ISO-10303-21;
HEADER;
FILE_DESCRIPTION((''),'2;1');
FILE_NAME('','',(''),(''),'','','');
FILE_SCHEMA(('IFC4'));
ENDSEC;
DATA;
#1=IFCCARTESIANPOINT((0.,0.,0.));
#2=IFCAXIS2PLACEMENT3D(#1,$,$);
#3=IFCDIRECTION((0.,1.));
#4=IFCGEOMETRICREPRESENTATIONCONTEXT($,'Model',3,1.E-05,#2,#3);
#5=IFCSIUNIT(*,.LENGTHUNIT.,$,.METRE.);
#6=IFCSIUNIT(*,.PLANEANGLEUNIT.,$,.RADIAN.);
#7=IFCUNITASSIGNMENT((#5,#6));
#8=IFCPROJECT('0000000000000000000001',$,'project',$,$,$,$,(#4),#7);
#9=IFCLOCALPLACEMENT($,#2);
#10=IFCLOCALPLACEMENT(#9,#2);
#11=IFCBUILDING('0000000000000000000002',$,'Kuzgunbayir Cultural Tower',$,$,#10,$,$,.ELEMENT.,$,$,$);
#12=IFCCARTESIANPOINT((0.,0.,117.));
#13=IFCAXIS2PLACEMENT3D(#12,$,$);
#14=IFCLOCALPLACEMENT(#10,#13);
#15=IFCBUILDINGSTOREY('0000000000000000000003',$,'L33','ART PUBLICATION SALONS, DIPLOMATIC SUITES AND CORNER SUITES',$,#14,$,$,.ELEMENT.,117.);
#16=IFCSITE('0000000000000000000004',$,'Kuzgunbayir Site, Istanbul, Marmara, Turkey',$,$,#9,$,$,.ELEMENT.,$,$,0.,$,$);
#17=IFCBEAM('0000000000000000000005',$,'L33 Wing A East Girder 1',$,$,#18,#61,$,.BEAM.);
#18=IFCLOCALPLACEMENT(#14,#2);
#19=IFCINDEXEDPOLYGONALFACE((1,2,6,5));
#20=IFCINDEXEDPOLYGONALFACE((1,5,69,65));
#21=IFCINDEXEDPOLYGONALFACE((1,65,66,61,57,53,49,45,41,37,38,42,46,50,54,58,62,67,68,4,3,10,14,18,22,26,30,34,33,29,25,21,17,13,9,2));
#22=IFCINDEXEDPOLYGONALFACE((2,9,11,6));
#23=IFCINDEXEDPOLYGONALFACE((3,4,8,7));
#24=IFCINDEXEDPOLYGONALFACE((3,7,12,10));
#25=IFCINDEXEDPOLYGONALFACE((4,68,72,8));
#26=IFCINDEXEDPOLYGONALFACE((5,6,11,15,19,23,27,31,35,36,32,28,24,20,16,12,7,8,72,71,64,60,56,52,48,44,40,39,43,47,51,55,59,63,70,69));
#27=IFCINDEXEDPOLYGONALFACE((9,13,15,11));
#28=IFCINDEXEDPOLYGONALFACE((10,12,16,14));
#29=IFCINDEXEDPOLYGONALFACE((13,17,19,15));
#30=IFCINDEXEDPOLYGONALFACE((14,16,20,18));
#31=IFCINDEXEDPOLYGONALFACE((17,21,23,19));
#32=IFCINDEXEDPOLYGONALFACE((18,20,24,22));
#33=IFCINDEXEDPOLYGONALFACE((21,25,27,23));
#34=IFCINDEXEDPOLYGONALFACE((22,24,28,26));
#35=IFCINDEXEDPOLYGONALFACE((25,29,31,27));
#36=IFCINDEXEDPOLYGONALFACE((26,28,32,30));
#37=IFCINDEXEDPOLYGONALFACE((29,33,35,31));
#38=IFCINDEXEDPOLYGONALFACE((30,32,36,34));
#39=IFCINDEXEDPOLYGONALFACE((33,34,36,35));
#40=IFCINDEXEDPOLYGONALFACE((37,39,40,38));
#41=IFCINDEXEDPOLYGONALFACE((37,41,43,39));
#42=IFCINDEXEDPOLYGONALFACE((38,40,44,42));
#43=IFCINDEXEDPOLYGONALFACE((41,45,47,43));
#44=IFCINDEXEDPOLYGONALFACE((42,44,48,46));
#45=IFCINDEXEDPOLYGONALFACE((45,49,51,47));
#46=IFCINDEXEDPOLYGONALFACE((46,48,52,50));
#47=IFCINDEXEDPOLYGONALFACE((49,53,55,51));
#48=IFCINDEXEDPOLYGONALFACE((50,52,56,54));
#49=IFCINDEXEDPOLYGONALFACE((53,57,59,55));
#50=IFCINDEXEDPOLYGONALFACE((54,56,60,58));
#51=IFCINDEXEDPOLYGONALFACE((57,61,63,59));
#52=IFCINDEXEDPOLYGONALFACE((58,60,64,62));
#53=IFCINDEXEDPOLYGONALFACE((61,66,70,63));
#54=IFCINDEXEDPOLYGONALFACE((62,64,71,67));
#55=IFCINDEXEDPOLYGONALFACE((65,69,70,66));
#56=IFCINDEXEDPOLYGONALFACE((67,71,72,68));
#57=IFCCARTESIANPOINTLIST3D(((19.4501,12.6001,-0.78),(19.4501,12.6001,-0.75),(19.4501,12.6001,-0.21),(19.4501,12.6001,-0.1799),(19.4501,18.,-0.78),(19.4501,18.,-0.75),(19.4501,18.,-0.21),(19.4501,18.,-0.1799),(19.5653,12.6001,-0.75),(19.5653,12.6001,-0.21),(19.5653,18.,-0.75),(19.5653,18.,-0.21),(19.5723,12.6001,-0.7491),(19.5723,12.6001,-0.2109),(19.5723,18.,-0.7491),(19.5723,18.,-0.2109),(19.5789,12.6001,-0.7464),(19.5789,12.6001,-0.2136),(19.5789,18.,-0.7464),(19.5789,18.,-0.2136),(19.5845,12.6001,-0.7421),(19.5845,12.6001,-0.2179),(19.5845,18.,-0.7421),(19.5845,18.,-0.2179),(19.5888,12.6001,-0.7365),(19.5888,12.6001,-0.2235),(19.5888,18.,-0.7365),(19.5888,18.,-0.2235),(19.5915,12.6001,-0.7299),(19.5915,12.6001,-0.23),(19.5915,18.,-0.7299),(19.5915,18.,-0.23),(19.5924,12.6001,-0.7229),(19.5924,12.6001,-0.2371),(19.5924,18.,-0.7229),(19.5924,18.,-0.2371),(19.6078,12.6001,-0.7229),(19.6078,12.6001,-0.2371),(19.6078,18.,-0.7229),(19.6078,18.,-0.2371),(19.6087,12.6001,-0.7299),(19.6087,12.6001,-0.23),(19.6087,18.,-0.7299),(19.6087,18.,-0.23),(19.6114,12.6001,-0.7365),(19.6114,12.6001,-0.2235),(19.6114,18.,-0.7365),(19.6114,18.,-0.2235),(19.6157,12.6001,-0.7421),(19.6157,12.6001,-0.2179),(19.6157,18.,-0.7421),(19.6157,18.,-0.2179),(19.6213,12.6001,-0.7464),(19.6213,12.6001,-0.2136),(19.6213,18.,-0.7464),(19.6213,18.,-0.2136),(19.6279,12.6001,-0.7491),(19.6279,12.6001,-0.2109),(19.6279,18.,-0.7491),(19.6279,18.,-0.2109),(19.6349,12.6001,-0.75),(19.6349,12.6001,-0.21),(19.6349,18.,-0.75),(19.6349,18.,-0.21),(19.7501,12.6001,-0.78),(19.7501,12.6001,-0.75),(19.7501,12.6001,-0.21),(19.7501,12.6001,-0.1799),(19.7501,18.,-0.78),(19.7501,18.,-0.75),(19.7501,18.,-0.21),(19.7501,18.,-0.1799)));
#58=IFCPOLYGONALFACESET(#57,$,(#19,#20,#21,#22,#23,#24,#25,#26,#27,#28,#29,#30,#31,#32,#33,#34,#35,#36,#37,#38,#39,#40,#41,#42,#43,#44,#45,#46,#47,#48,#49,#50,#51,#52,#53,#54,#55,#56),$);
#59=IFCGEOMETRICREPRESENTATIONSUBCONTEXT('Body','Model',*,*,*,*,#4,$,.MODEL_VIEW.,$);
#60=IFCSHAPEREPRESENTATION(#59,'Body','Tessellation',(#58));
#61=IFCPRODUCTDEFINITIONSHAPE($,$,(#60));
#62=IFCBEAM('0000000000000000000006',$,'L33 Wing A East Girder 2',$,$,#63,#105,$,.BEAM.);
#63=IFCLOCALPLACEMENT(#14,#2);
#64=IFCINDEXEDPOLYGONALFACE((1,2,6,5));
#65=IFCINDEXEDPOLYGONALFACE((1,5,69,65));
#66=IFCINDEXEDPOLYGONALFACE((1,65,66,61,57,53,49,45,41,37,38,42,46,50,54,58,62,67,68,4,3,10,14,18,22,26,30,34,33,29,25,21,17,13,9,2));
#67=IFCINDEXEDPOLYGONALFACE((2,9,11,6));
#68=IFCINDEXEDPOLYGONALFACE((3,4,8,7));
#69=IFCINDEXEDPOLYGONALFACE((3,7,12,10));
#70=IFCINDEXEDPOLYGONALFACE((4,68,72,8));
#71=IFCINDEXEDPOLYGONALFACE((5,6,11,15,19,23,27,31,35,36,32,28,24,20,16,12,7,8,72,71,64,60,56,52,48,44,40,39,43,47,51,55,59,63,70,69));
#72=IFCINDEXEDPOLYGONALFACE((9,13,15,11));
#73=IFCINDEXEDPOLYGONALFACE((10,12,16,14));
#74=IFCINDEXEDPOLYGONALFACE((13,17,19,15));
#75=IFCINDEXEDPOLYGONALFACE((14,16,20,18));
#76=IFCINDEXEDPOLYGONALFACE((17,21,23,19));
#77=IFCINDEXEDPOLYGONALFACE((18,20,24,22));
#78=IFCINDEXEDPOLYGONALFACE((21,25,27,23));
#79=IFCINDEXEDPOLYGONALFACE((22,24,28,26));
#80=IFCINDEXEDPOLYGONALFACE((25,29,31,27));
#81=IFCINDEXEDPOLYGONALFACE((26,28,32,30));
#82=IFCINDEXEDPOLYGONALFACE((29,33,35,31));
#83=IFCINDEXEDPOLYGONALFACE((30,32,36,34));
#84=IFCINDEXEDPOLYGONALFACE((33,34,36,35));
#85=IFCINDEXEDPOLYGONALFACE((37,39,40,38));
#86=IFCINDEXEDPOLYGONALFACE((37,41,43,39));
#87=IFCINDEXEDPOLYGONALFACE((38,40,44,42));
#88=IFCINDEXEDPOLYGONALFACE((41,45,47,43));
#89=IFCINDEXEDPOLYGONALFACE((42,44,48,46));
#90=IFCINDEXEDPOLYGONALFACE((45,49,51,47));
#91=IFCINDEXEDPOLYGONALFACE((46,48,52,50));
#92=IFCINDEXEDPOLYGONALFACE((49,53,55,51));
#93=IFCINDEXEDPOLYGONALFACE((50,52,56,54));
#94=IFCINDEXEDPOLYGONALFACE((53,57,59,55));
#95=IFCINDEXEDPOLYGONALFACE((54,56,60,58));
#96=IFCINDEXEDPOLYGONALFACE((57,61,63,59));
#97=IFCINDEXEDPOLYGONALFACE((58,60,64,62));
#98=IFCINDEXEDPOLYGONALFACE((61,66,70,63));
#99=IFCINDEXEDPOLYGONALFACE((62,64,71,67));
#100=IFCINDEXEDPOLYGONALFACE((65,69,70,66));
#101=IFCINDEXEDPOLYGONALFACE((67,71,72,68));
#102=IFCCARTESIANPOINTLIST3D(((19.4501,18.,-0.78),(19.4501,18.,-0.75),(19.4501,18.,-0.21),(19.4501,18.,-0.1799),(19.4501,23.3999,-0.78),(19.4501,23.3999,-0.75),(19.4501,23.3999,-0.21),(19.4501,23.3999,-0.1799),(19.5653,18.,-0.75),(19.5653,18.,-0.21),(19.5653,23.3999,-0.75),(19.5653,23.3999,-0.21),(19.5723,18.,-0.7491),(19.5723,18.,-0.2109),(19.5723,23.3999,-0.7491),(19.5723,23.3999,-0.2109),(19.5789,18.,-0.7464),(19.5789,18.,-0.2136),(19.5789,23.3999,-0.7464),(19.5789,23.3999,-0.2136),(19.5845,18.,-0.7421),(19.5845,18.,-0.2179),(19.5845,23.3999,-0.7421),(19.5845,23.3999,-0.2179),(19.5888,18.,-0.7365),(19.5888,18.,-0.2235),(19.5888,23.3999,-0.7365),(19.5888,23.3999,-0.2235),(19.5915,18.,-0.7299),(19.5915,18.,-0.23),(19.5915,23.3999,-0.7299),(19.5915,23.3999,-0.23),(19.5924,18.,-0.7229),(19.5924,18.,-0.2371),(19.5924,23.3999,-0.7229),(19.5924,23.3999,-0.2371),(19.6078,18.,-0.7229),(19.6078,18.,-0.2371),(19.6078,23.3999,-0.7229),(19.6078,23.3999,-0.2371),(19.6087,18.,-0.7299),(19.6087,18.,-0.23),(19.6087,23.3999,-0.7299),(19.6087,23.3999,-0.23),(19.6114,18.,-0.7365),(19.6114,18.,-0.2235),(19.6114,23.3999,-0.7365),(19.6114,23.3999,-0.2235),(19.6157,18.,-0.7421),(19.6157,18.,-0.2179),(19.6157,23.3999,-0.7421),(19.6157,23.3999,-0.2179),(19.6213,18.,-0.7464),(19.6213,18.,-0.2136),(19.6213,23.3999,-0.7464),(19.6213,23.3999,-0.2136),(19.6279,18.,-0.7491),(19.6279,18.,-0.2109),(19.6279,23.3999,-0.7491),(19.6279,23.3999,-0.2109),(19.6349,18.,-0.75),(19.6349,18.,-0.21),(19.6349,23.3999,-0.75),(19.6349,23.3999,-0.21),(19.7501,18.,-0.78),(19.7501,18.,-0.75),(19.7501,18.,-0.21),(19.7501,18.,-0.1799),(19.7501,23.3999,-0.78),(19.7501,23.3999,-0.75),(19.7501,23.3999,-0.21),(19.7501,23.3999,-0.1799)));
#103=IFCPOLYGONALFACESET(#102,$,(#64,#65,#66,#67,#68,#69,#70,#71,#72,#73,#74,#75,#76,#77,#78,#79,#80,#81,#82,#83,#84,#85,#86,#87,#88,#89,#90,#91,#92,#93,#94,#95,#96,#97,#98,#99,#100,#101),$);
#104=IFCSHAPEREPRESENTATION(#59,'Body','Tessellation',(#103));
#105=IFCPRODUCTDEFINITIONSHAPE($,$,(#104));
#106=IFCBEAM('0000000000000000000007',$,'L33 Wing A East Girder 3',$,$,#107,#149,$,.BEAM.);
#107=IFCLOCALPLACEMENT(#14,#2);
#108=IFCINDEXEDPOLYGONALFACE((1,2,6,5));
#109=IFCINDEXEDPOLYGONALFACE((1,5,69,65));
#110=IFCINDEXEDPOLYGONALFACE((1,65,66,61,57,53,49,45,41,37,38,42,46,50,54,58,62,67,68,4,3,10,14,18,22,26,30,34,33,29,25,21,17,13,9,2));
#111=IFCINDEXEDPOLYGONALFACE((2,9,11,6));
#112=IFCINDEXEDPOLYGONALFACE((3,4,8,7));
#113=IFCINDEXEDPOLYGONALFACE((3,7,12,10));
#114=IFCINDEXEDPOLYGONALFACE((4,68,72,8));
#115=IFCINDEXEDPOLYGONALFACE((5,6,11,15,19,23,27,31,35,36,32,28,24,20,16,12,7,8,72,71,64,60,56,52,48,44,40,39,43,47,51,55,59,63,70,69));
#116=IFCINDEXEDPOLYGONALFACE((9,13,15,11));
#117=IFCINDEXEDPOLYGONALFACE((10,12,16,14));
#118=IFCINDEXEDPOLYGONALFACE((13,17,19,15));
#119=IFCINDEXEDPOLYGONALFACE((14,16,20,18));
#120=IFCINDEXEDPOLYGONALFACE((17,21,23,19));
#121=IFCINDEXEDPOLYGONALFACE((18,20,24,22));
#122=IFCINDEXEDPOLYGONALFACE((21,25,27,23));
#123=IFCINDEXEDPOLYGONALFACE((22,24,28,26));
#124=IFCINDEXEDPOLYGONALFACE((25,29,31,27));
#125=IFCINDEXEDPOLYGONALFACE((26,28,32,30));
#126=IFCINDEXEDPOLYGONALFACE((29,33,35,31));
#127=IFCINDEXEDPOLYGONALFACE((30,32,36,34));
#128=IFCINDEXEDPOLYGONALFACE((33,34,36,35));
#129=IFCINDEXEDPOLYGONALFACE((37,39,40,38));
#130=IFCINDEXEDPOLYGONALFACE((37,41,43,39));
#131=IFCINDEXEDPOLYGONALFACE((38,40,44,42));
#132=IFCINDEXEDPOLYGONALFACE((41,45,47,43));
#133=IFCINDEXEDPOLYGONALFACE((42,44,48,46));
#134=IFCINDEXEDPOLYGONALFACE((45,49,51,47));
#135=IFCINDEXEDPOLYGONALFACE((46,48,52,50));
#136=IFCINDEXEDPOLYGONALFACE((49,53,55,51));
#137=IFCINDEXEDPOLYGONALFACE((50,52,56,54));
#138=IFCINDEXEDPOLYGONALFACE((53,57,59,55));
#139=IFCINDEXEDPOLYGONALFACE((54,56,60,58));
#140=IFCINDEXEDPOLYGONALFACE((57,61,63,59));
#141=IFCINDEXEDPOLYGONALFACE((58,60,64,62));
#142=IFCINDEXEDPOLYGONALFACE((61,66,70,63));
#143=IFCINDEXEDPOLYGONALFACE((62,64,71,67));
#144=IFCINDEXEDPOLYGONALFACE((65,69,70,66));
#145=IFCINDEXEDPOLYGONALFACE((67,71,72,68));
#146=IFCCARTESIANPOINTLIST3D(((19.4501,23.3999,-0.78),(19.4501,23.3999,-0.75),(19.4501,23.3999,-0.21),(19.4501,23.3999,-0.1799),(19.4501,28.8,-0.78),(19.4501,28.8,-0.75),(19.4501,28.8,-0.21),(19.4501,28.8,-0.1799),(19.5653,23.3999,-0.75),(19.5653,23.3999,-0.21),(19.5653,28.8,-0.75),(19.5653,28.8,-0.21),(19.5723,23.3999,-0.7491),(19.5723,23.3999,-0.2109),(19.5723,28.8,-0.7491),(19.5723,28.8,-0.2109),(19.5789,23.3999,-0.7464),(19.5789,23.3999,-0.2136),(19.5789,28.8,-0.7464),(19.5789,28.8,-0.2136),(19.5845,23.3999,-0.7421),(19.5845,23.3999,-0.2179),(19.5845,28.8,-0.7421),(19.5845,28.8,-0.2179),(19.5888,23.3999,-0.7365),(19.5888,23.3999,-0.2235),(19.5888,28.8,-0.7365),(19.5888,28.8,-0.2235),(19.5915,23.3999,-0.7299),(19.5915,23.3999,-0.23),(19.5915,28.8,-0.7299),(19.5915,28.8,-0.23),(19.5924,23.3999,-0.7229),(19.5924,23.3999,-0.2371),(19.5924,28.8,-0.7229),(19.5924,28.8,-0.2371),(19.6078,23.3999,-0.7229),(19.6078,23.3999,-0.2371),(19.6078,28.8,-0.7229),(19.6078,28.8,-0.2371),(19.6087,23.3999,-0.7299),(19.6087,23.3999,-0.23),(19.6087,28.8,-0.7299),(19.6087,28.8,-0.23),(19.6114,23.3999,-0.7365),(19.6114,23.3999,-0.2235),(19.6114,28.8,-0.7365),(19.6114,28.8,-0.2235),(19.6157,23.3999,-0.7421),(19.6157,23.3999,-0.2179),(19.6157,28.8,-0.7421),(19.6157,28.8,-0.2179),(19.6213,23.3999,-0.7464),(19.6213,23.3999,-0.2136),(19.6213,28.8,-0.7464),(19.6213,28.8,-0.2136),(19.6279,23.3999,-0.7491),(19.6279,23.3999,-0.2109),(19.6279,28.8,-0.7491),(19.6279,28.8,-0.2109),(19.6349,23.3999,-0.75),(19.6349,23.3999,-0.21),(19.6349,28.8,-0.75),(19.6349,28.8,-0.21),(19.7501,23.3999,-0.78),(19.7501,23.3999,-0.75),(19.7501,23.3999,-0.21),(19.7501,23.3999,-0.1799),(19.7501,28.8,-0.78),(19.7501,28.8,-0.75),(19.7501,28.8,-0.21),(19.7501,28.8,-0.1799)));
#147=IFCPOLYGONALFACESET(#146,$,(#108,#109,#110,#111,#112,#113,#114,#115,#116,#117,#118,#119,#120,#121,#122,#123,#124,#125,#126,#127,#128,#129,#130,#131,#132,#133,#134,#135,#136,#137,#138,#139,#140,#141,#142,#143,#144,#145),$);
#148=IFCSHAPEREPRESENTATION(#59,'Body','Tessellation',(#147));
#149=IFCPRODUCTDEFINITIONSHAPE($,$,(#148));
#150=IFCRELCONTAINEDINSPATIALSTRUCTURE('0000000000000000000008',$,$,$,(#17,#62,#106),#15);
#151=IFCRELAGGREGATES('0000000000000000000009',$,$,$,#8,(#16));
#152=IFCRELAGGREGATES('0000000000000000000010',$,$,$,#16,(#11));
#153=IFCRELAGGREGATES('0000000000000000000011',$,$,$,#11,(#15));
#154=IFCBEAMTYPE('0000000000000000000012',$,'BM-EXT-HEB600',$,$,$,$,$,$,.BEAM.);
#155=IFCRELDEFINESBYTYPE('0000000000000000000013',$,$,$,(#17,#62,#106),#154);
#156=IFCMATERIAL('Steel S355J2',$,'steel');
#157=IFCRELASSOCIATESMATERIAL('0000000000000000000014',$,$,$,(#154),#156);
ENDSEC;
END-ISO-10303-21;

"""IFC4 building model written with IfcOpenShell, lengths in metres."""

from ifc_helpers import new_model, si_unit, direction, frame, origin, origin_2d, place, context, subcontext, project, spatial, i_section, extrude, material, material_profile, profile_set, type_object, element, save


model = new_model("IFC4")

# Units and contexts
model_context = context("Model", 3, precision=1e-05, world=origin(), true_north=direction((0.0, 1.0)))
body_context = subcontext(model_context, "Body", "Model", "MODEL_VIEW")
ifc_project = project(units=[si_unit("LENGTHUNIT", "METRE"), si_unit("PLANEANGLEUNIT", "RADIAN")], contexts=[model_context])

# Site, building, storey
site_placement = place(None, origin())
site = spatial("IfcSite", under=ifc_project, at=site_placement, Name="Kuzgunbayir Site, Istanbul, Marmara, Turkey", CompositionType="ELEMENT", RefElevation=0.0)
building_placement = place(site_placement, origin())
building = spatial("IfcBuilding", under=site, at=building_placement, Name="Kuzgunbayir Cultural Tower", CompositionType="ELEMENT")
storey_placement = place(building_placement, frame((0.0, 0.0, 117.0)))
storey = spatial("IfcBuildingStorey", under=building, at=storey_placement, Name="L33", Description="ART PUBLICATION SALONS, DIPLOMATIC SUITES AND CORNER SUITES", CompositionType="ELEMENT", Elevation=117.0)

# Beams
ifc_material_1 = material(Name="Steel S355J2", Category="steel")
ifc_material_profile_1 = material_profile(ifc_material_1, i_section(OverallWidth=0.3, OverallDepth=0.6001, WebThickness=0.0154, FlangeThickness=0.03, FilletRadius=0.0271, at=origin_2d()), Name="HEB 600")
ifc_profile_set_1 = profile_set([ifc_material_profile_1], Name="Steel S355J2")
beam_type_1 = type_object("IfcBeamType", Name="BM-EXT-HEB600", PredefinedType="BEAM", material=ifc_profile_set_1)
for number, where, z_axis, x_axis, name in (
    (1, (19.6001, 12.6001, -0.48), (0.0, 1.0, 0.0), (-1.0, 0.0, 0.0), "L33 Wing A East Girder 1"),
    (2, (19.6001, 18.0, -0.48), (0.0, 1.0, 0.0), (-1.0, 0.0, 0.0), "L33 Wing A East Girder 2"),
):
    element("IfcBeam", number, at=place(storey_placement, frame(where, z_axis=z_axis, x_axis=x_axis)), inside=storey, type_object=beam_type_1, Name=name, PredefinedType="BEAM", context=body_context, shape_type="SweptSolid", body=[
        extrude(i_section(OverallWidth=0.3, OverallDepth=0.6001, WebThickness=0.0154, FlangeThickness=0.03, FilletRadius=0.0271, at=origin_2d()), origin(), (0.0, 0.0, 1.0), 5.3999),
    ])
beam_1_placement = place(storey_placement, frame((19.6001, 23.3999, -0.48), z_axis=(0.0, 1.0, 0.0), x_axis=(-1.0, 0.0, 0.0)))
element("IfcBeam", 3, at=beam_1_placement, inside=storey, type_object=beam_type_1, Name="L33 Wing A East Girder 3", PredefinedType="BEAM", context=body_context, shape_type="SweptSolid", body=[
    extrude(i_section(OverallWidth=0.3, OverallDepth=0.6001, WebThickness=0.0154, FlangeThickness=0.03, FilletRadius=0.0271, at=origin_2d()), origin(), (0.0, 0.0, 1.0), 5.4001),
])

save(model, "model.ifc")
